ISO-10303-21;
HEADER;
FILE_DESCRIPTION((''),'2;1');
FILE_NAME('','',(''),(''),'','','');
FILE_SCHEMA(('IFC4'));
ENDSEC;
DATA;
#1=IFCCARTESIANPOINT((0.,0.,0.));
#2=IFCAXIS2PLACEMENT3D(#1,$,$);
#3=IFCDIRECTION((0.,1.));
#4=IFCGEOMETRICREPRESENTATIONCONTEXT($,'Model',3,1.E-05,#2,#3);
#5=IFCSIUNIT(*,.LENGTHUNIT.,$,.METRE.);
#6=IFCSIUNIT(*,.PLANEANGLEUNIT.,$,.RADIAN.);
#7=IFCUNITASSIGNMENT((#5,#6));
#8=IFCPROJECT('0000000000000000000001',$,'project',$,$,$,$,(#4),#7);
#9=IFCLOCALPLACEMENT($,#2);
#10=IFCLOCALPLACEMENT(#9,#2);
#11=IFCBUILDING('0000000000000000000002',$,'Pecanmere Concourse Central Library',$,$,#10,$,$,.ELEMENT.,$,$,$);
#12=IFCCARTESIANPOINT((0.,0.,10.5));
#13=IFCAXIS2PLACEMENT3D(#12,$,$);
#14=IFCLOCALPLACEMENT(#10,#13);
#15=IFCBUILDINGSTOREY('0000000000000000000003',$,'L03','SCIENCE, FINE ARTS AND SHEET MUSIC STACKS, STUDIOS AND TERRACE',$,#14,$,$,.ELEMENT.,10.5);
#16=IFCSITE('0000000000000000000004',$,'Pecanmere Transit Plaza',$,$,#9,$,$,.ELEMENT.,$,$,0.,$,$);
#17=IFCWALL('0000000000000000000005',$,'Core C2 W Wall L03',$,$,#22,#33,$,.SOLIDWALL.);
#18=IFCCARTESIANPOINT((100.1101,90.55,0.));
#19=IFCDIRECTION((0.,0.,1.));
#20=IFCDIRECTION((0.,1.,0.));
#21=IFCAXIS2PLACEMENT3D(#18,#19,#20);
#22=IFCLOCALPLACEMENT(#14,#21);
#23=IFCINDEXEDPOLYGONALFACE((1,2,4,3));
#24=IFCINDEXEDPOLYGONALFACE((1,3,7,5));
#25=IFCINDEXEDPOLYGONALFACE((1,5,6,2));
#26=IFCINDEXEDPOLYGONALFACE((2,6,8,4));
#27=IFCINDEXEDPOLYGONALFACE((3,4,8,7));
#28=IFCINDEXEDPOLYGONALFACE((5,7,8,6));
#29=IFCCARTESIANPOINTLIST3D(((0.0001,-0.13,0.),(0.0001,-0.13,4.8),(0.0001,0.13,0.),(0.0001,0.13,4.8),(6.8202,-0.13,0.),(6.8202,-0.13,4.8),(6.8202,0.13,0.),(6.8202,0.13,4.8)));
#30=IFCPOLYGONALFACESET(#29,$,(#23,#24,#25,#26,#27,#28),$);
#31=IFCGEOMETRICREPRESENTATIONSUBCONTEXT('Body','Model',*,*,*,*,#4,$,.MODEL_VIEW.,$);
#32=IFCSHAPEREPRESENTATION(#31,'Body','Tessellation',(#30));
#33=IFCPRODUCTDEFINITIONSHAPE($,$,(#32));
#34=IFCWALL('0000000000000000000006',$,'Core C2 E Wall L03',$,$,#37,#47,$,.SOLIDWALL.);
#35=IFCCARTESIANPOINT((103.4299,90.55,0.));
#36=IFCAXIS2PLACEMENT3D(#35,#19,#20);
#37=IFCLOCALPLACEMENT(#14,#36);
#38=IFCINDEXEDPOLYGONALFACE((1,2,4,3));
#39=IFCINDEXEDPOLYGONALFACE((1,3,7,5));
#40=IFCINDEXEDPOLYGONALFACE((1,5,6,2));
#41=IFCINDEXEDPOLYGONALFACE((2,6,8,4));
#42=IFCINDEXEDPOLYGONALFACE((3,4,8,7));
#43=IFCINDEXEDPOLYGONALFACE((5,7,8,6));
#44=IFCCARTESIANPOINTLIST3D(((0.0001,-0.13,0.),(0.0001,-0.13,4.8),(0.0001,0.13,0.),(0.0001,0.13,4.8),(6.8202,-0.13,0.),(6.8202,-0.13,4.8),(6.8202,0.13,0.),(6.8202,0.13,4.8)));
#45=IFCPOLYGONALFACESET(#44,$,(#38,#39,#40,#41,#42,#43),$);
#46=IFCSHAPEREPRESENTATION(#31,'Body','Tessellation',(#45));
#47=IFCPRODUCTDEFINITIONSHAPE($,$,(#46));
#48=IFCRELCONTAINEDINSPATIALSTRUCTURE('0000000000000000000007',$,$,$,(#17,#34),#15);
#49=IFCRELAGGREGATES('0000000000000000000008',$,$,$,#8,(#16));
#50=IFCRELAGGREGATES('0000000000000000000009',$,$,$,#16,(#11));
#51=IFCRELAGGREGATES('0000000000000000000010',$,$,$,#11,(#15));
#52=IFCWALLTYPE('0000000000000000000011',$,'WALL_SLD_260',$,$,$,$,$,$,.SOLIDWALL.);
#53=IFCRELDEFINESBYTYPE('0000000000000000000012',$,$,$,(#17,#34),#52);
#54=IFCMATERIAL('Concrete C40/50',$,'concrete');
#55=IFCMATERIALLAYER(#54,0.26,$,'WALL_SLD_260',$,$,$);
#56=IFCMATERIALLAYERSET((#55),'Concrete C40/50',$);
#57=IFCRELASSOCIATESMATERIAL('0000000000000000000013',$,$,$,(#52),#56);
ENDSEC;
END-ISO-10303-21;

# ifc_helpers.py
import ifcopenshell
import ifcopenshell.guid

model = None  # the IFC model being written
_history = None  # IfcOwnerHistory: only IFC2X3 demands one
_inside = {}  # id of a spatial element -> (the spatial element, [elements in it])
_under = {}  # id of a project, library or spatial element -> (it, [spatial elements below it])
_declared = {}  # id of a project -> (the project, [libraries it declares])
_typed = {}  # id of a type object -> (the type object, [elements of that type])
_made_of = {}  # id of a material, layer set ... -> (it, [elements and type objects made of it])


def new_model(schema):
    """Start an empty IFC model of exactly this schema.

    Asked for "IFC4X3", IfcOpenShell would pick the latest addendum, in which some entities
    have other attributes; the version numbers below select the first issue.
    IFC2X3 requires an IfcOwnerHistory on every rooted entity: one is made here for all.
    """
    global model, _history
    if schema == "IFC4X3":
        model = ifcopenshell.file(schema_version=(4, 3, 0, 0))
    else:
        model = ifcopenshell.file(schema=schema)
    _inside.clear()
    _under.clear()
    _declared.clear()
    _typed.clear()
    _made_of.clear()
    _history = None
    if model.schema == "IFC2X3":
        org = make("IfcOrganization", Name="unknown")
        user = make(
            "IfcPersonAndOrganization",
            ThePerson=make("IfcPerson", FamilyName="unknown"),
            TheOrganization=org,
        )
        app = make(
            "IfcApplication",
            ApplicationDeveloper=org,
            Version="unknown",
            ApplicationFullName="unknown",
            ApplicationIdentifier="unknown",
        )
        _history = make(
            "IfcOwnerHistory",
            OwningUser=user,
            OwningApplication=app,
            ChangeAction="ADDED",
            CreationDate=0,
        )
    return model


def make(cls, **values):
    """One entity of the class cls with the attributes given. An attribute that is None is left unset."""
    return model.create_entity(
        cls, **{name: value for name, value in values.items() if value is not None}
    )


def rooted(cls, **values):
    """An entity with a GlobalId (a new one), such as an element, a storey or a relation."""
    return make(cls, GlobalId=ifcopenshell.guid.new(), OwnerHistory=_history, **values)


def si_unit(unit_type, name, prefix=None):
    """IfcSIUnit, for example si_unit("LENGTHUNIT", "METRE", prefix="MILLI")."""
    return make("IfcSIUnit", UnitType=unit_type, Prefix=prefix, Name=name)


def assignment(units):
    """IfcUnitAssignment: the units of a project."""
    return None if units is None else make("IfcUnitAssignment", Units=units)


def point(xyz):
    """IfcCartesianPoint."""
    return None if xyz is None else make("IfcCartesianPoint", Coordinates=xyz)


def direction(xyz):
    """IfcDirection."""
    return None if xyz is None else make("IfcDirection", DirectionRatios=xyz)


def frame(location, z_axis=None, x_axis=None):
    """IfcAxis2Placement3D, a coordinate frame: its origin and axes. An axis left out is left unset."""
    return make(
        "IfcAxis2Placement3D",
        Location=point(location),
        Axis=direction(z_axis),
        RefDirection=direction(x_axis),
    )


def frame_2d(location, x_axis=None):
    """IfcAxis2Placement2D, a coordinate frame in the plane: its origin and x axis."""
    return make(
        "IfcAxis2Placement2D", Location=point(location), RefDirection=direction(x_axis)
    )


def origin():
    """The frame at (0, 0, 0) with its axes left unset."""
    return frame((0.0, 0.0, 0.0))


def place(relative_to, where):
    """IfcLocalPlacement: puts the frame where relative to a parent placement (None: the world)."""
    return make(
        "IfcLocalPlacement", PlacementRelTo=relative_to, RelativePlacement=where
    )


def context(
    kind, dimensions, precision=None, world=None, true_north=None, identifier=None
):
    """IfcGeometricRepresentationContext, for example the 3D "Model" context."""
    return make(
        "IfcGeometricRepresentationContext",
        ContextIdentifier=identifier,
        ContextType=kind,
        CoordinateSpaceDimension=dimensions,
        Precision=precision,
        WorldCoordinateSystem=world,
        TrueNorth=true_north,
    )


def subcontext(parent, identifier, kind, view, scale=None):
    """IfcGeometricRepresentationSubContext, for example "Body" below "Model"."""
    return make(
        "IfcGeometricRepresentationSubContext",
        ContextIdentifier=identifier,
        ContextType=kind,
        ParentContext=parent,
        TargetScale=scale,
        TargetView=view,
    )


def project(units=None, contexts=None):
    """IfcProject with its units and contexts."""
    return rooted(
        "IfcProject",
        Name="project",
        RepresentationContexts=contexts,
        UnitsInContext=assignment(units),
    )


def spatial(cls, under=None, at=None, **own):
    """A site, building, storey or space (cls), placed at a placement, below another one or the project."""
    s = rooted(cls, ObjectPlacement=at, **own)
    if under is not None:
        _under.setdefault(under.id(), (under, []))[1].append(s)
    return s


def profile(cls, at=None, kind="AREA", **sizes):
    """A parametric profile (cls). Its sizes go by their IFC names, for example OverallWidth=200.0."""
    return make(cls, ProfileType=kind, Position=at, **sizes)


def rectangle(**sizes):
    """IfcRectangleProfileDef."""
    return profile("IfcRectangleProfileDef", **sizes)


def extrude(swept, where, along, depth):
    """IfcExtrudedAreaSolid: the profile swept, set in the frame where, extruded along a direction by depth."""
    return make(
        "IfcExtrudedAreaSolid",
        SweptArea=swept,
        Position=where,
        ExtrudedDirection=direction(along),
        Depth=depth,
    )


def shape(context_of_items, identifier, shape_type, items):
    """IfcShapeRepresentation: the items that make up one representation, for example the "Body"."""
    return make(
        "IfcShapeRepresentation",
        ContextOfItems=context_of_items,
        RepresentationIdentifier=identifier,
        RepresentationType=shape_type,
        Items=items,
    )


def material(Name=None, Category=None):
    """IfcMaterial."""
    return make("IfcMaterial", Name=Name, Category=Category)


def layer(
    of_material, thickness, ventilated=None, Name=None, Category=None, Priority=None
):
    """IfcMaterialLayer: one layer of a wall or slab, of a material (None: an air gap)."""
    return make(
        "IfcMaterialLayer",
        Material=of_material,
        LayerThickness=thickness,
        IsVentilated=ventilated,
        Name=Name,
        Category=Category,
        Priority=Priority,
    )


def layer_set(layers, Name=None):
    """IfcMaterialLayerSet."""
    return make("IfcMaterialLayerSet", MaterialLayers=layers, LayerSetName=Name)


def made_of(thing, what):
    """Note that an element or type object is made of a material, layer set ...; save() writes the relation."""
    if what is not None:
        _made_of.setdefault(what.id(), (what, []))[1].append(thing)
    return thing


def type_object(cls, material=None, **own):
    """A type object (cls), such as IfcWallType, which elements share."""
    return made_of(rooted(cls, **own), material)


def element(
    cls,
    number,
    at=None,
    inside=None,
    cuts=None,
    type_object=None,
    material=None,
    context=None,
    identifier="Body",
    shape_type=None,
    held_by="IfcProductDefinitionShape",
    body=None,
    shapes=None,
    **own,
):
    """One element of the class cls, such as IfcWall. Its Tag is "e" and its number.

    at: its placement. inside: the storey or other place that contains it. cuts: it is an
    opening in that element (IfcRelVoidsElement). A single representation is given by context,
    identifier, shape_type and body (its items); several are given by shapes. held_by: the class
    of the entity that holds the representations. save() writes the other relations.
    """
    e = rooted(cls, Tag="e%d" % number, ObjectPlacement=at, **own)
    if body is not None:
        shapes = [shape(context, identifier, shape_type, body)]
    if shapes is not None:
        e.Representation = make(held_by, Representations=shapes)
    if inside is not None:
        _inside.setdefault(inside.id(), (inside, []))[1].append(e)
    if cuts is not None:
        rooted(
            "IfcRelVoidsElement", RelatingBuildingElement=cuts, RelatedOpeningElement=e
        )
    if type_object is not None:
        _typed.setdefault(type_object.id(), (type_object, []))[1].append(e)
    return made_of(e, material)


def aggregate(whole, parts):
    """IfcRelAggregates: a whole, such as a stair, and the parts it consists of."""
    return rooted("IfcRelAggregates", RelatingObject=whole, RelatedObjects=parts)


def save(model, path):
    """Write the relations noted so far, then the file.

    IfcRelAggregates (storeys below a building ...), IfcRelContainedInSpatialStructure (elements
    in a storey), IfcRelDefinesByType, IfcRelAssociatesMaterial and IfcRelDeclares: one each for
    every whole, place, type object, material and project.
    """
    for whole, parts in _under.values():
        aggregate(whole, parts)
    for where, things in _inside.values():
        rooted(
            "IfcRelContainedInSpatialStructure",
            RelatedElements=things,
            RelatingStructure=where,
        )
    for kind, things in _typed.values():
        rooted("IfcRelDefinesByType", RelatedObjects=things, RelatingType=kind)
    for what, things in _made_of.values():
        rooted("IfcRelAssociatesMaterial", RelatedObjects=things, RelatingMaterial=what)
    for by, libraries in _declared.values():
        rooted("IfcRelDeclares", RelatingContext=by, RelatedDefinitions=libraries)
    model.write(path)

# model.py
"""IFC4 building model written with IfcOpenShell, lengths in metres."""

from ifc_helpers import new_model, si_unit, direction, frame, frame_2d, origin, place, context, subcontext, project, spatial, rectangle, extrude, material, layer, layer_set, type_object, element, save


model = new_model("IFC4")

# Units and contexts
model_context = context("Model", 3, precision=1e-05, world=origin(), true_north=direction((0.0, 1.0)))
body_context = subcontext(model_context, "Body", "Model", "MODEL_VIEW")
ifc_project = project(units=[si_unit("LENGTHUNIT", "METRE"), si_unit("PLANEANGLEUNIT", "RADIAN")], contexts=[model_context])

# Site, building, storey
site_placement = place(None, origin())
site = spatial("IfcSite", under=ifc_project, at=site_placement, Name="Pecanmere Transit Plaza", CompositionType="ELEMENT", RefElevation=0.0)
building_placement = place(site_placement, origin())
building = spatial("IfcBuilding", under=site, at=building_placement, Name="Pecanmere Concourse Central Library", CompositionType="ELEMENT")
storey_placement = place(building_placement, frame((0.0, 0.0, 10.5)))
storey = spatial("IfcBuildingStorey", under=building, at=storey_placement, Name="L03", Description="SCIENCE, FINE ARTS AND SHEET MUSIC STACKS, STUDIOS AND TERRACE", CompositionType="ELEMENT", Elevation=10.5)

# Shared definitions
ifc_material_1 = material(Name="Concrete C40/50", Category="concrete")
ifc_layer_1 = layer(ifc_material_1, 0.26, Name="WALL_SLD_260")
ifc_layer_set_1 = layer_set([ifc_layer_1], Name="Concrete C40/50")
wall_type = type_object("IfcWallType", Name="WALL_SLD_260", PredefinedType="SOLIDWALL", material=ifc_layer_set_1)

# Walls
for number, where, z_axis, x_axis, name in (
    (1, (100.1101, 90.55, 0.0), (0.0, 0.0, 1.0), (0.0, 1.0, 0.0), "Core C2 W Wall L03"),
    (2, (103.4299, 90.55, 0.0), (0.0, 0.0, 1.0), (0.0, 1.0, 0.0), "Core C2 E Wall L03"),
):
    element("IfcWall", number, at=place(storey_placement, frame(where, z_axis=z_axis, x_axis=x_axis)), inside=storey, type_object=wall_type, Name=name, PredefinedType="SOLIDWALL", context=body_context, shape_type="SweptSolid", body=[
        extrude(rectangle(XDim=6.8201, YDim=0.26, at=frame_2d((3.4102, 0.0))), origin(), (0.0, 0.0, 1.0), 4.8),
    ])

save(model, "model.ifc")
